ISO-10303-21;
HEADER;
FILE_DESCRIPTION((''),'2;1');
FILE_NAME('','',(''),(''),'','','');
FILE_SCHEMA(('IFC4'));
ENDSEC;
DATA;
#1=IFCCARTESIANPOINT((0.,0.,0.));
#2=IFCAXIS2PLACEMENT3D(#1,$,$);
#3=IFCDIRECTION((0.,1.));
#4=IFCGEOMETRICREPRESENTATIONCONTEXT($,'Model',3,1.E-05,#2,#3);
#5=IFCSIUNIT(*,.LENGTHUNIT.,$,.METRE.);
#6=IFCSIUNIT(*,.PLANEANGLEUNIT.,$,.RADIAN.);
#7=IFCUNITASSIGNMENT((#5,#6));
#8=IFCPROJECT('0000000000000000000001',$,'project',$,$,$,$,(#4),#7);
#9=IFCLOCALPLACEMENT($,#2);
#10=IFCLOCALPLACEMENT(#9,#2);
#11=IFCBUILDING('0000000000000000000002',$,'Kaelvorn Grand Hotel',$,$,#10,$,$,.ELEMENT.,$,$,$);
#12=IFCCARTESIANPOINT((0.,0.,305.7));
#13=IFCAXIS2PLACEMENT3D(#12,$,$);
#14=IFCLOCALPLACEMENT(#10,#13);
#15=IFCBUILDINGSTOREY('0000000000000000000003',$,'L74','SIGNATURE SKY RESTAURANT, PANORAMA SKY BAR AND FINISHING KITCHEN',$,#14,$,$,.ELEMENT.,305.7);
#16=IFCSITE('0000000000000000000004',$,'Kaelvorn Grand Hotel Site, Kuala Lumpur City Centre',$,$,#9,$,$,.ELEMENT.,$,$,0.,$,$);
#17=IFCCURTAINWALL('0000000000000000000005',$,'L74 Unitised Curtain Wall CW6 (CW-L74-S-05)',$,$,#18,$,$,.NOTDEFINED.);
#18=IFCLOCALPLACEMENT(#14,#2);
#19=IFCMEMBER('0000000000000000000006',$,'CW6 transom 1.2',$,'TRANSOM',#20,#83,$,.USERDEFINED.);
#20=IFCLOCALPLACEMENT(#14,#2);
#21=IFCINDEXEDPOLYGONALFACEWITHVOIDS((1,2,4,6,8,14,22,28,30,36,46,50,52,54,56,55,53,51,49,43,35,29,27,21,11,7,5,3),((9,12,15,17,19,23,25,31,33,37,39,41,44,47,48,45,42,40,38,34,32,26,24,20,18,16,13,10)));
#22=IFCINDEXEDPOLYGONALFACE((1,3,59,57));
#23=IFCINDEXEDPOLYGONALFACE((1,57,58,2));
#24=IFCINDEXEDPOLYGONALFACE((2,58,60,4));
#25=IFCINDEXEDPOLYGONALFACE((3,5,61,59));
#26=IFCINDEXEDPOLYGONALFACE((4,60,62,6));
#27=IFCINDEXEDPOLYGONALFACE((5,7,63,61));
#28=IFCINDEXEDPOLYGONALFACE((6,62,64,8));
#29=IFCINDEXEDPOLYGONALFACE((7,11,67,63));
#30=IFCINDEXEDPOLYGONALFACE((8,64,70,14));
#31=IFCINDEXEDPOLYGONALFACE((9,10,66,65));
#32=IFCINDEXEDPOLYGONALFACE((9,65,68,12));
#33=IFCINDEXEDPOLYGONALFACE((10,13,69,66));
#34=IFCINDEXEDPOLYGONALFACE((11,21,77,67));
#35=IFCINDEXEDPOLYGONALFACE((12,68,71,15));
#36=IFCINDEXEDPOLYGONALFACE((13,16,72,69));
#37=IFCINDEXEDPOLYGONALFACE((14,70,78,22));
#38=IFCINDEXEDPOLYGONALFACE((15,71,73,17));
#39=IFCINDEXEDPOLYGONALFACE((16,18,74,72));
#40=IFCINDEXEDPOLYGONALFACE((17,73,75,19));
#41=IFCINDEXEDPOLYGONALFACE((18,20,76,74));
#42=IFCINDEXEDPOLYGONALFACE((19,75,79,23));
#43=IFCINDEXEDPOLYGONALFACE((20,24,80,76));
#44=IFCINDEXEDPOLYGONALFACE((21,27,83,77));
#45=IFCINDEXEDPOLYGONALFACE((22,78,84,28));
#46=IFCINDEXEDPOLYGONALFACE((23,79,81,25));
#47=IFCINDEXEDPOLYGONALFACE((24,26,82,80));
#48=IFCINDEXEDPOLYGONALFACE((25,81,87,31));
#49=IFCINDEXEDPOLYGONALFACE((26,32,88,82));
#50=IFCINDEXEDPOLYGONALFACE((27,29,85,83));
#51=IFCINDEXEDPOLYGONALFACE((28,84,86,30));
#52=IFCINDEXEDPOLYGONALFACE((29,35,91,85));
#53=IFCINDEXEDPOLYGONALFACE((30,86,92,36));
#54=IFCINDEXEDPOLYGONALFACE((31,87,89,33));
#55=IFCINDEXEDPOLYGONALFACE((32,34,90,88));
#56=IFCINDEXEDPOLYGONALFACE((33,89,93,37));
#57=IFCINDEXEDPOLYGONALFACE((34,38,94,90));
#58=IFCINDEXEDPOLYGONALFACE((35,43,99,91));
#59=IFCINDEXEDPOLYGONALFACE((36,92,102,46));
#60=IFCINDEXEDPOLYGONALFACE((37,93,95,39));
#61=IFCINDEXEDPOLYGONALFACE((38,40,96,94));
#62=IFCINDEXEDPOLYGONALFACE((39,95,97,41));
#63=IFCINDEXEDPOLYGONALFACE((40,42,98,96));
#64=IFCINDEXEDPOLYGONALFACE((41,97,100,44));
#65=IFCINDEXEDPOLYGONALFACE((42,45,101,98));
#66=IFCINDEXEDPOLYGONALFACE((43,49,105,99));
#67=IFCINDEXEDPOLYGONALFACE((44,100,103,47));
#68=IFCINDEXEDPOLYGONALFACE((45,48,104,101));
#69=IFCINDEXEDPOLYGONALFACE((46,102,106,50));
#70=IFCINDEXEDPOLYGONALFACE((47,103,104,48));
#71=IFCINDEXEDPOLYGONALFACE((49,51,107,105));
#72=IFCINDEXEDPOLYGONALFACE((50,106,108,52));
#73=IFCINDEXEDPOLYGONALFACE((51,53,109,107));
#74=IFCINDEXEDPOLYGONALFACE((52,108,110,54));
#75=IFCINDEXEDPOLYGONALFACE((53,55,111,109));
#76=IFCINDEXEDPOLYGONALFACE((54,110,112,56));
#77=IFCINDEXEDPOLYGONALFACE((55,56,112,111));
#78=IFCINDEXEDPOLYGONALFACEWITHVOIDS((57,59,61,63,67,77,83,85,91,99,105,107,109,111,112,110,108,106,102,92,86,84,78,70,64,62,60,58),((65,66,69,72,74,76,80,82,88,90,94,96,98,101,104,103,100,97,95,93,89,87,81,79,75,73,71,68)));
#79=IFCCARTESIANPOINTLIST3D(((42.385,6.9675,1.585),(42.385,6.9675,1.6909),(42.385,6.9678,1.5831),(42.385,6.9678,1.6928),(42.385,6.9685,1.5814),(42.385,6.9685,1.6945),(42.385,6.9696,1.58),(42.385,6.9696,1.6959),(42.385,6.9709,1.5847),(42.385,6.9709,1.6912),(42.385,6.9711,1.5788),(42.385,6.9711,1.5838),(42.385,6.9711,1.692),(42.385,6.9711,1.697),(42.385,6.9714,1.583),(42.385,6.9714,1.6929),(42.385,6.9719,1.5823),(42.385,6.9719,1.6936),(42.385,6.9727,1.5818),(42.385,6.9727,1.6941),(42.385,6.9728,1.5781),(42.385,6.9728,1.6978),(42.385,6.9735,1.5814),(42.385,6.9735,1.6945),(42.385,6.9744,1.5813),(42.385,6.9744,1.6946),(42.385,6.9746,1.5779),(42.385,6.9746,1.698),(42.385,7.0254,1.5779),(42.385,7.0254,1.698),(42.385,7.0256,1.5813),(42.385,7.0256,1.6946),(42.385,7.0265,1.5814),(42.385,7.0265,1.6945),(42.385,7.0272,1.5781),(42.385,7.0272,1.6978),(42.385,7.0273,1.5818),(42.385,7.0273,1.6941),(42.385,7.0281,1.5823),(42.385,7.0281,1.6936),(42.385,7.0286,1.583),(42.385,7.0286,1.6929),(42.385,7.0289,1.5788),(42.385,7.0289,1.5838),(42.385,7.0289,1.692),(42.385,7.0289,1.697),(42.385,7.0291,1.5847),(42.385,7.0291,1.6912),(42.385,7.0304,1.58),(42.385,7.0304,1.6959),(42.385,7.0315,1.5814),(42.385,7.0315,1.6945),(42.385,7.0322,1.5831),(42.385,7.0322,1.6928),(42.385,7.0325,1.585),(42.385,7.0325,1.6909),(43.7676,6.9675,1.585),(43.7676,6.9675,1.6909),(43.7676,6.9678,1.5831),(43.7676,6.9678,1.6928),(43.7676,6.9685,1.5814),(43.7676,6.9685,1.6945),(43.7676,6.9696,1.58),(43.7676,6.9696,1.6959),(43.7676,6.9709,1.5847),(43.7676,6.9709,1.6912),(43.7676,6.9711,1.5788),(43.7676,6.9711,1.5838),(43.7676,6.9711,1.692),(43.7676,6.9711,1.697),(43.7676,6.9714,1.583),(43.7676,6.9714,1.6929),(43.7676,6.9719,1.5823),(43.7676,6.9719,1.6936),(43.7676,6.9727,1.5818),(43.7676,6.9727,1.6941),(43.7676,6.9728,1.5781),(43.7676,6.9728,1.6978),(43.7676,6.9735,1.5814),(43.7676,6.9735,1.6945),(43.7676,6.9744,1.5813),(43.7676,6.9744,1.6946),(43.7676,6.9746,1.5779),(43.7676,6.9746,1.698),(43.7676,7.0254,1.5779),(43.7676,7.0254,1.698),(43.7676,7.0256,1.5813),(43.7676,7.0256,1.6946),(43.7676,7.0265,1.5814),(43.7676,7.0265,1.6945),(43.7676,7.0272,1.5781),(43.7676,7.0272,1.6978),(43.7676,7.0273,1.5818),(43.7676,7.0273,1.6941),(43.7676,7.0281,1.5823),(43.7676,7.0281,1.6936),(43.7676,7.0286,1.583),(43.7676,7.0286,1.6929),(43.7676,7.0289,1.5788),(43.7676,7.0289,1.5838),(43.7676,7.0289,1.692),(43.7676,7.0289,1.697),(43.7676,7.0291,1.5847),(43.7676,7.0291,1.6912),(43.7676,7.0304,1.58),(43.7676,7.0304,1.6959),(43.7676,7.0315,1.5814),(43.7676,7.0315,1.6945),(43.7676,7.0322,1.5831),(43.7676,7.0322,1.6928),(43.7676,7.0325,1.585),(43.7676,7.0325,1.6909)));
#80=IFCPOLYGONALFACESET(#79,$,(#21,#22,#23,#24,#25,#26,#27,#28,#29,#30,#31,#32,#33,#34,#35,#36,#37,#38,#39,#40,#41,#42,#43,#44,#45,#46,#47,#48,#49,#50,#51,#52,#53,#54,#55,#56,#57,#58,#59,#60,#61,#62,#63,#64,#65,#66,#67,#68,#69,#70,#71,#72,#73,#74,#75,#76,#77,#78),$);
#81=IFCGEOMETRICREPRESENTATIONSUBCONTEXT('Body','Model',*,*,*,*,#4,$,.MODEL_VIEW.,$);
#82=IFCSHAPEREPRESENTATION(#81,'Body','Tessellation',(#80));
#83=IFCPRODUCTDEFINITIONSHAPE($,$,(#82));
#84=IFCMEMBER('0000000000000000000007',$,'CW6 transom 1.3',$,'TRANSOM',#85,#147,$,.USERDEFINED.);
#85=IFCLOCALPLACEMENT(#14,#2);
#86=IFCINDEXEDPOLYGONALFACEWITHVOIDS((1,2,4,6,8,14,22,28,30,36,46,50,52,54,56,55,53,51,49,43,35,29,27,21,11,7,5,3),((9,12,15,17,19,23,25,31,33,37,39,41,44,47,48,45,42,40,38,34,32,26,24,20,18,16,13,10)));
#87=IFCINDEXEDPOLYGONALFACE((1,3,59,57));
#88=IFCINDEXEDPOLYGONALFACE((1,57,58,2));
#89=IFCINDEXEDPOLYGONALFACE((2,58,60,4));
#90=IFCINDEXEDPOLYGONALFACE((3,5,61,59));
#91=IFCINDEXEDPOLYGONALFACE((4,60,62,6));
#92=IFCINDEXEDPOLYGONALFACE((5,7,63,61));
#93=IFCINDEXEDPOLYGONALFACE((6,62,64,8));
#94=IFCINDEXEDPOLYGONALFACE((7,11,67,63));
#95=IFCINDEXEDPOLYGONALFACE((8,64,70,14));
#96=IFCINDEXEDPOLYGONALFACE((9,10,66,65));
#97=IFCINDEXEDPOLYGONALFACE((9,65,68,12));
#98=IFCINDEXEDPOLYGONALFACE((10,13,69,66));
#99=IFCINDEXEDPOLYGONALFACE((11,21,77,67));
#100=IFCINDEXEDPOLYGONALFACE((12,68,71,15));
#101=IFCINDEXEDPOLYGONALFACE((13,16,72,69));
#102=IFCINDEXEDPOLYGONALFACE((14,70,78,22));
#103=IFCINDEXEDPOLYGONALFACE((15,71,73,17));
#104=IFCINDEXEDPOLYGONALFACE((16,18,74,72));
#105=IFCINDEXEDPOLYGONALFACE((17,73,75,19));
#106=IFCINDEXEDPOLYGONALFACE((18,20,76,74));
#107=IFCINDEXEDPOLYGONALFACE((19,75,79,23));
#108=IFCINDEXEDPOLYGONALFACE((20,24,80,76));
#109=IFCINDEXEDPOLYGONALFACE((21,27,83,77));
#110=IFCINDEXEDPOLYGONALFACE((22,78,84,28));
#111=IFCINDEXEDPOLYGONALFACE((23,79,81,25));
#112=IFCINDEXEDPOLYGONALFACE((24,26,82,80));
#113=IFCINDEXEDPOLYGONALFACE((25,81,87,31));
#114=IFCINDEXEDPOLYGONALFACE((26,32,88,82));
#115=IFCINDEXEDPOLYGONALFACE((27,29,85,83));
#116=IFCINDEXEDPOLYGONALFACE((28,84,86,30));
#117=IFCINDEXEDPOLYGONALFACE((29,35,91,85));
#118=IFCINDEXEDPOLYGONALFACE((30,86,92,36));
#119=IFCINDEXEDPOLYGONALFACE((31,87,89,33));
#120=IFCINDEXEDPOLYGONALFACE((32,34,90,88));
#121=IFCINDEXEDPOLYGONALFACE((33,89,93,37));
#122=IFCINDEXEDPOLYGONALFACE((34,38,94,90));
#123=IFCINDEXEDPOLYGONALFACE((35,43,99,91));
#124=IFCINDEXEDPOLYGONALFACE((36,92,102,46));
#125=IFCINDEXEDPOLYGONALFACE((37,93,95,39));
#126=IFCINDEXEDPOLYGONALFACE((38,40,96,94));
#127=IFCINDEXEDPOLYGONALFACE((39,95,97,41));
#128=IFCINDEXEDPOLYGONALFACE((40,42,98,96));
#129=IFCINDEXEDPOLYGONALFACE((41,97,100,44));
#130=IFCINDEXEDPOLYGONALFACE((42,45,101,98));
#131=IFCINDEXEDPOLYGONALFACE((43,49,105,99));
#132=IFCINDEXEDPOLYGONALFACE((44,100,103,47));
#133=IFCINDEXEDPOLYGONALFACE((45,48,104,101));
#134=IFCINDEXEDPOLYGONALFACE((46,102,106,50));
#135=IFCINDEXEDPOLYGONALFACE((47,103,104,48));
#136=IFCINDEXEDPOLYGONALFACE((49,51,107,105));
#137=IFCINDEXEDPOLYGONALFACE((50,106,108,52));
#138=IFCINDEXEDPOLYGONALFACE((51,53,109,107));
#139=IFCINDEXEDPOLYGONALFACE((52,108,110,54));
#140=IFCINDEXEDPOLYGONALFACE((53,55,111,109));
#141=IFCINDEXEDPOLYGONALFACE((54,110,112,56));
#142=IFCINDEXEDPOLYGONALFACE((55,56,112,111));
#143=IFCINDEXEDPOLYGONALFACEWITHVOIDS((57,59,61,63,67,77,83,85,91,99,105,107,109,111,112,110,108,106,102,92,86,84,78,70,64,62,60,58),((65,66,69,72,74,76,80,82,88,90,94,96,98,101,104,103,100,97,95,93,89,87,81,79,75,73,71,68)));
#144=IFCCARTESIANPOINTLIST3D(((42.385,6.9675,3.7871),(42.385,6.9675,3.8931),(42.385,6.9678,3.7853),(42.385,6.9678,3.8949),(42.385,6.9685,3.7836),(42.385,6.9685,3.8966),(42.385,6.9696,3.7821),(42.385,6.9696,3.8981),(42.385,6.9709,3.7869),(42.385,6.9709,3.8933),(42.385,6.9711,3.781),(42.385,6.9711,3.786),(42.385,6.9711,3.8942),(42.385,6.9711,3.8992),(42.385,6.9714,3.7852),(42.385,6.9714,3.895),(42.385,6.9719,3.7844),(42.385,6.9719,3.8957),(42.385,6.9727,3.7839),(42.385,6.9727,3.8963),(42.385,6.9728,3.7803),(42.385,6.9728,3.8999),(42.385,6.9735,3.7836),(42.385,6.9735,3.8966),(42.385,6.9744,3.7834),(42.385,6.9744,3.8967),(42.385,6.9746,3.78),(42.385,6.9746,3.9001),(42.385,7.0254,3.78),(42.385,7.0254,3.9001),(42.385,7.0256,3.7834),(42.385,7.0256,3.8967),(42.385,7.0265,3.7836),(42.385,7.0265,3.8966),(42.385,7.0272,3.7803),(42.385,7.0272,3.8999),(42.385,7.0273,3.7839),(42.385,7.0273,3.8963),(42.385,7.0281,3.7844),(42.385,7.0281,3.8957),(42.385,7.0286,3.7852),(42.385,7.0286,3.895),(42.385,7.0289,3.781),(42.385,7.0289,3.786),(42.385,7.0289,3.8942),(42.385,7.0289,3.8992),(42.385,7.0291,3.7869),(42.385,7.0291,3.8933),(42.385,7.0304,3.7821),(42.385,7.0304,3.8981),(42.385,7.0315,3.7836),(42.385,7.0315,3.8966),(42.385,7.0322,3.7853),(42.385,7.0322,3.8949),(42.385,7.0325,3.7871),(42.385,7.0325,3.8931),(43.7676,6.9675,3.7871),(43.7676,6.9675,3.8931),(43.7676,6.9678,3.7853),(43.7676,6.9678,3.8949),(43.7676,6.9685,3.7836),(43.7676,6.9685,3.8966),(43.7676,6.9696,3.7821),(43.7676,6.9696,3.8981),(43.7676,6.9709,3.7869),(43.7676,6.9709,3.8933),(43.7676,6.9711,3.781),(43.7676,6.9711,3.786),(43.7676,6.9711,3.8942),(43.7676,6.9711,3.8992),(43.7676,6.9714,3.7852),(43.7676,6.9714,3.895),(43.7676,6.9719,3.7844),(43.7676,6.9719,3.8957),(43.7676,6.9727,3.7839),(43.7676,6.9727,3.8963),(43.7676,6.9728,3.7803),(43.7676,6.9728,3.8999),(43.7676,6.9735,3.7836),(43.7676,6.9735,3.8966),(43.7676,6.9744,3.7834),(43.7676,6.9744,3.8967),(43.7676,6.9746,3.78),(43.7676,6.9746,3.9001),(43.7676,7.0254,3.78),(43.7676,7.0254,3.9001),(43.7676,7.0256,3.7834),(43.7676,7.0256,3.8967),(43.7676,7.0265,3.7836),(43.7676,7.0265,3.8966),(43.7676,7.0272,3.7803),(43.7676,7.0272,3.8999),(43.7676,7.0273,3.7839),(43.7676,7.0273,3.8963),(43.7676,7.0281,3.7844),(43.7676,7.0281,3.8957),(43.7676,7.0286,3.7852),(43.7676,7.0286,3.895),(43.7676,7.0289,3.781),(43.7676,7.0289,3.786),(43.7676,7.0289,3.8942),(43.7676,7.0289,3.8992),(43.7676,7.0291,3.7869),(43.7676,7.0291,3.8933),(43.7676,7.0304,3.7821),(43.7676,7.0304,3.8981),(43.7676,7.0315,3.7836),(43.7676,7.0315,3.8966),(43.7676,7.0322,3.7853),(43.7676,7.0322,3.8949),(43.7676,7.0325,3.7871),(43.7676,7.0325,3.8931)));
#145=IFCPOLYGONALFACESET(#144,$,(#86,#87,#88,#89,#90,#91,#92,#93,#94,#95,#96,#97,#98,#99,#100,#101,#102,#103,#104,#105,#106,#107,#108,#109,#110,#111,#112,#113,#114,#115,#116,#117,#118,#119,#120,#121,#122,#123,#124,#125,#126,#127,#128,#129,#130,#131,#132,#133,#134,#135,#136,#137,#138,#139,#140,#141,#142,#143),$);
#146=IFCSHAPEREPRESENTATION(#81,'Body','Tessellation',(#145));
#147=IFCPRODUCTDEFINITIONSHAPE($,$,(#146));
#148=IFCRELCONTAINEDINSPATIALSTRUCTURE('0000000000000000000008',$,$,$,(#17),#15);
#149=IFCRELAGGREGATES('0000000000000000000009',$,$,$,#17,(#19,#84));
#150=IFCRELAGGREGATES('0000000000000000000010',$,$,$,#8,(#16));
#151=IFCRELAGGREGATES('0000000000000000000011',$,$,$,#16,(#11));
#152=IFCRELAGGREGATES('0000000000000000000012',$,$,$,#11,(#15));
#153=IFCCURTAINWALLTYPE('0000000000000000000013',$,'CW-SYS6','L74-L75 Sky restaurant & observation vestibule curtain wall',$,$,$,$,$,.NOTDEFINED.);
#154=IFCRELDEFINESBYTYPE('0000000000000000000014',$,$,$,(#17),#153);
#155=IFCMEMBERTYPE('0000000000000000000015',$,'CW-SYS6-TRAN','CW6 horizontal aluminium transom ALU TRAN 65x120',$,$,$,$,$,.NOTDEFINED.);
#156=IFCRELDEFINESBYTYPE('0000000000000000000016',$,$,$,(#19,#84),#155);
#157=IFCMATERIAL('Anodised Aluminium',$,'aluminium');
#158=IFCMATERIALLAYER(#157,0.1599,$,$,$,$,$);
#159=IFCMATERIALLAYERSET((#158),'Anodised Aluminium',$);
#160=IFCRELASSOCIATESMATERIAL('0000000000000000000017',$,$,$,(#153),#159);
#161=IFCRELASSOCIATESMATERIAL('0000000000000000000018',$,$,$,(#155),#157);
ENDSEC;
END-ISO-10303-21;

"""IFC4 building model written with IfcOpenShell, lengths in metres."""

from ifc_helpers import new_model, si_unit, direction, frame, origin, origin_2d, place, context, subcontext, project, spatial, hollow_rectangle, extrude, material, layer, layer_set, material_profile, profile_set, type_object, element, aggregate, save


model = new_model("IFC4")

# Units and contexts
model_context = context("Model", 3, precision=1e-05, world=origin(), true_north=direction((0.0, 1.0)))
body_context = subcontext(model_context, "Body", "Model", "MODEL_VIEW")
ifc_project = project(units=[si_unit("LENGTHUNIT", "METRE"), si_unit("PLANEANGLEUNIT", "RADIAN")], contexts=[model_context])

# Site, building, storey
site_placement = place(None, origin())
site = spatial("IfcSite", under=ifc_project, at=site_placement, Name="Kaelvorn Grand Hotel Site, Kuala Lumpur City Centre", CompositionType="ELEMENT", RefElevation=0.0)
building_placement = place(site_placement, origin())
building = spatial("IfcBuilding", under=site, at=building_placement, Name="Kaelvorn Grand Hotel", CompositionType="ELEMENT")
storey_placement = place(building_placement, frame((0.0, 0.0, 305.7)))
storey = spatial("IfcBuildingStorey", under=building, at=storey_placement, Name="L74", Description="SIGNATURE SKY RESTAURANT, PANORAMA SKY BAR AND FINISHING KITCHEN", CompositionType="ELEMENT", Elevation=305.7)

# Curtain wall, members
ifc_material_1 = material(Name="Anodised Aluminium", Category="aluminium")
ifc_layer_1 = layer(ifc_material_1, 0.1599)
ifc_layer_set_1 = layer_set([ifc_layer_1], Name="Anodised Aluminium")
curtain_wall_type = type_object("IfcCurtainWallType", Name="CW-SYS6", Description="L74-L75 Sky restaurant & observation vestibule curtain wall", PredefinedType="NOTDEFINED", material=ifc_layer_set_1)
curtain_wall_placement = place(storey_placement, origin())
curtain_wall = element("IfcCurtainWall", 1, at=curtain_wall_placement, inside=storey, type_object=curtain_wall_type, Name="L74 Unitised Curtain Wall CW6 (CW-L74-S-05)", PredefinedType="NOTDEFINED")
ifc_material_profile_1 = material_profile(ifc_material_1, hollow_rectangle(XDim=0.0649, YDim=0.1201, WallThickness=0.0034, InnerFilletRadius=0.0034, OuterFilletRadius=0.0071, at=origin_2d()), Name="ALU TRAN 65x120")
ifc_profile_set_1 = profile_set([ifc_material_profile_1], Name="Anodised Aluminium")
member_type_1 = type_object("IfcMemberType", Name="CW-SYS6-TRAN", Description="CW6 horizontal aluminium transom ALU TRAN 65x120", PredefinedType="NOTDEFINED", material=ifc_profile_set_1)
member_1_placement = place(storey_placement, frame((42.385, 7.0, 1.6379), z_axis=(1.0, 0.0, 0.0), x_axis=(0.0, 1.0, 0.0)))
member_1 = element("IfcMember", 2, at=member_1_placement, type_object=member_type_1, Name="CW6 transom 1.2", ObjectType="TRANSOM", PredefinedType="USERDEFINED", context=body_context, shape_type="SweptSolid", body=[
    extrude(hollow_rectangle(XDim=0.0649, YDim=0.1201, WallThickness=0.0034, InnerFilletRadius=0.0034, OuterFilletRadius=0.0071, at=origin_2d()), origin(), (0.0, 0.0, 1.0), 1.3826),
])
member_2_placement = place(storey_placement, frame((42.385, 7.0, 3.8401), z_axis=(1.0, 0.0, 0.0), x_axis=(0.0, 1.0, 0.0)))
member_2 = element("IfcMember", 3, at=member_2_placement, type_object=member_type_1, Name="CW6 transom 1.3", ObjectType="TRANSOM", PredefinedType="USERDEFINED", context=body_context, shape_type="SweptSolid", body=[
    extrude(hollow_rectangle(XDim=0.0649, YDim=0.1201, WallThickness=0.0034, InnerFilletRadius=0.0034, OuterFilletRadius=0.0071, at=origin_2d()), origin(), (0.0, 0.0, 1.0), 1.3826),
])
aggregate(curtain_wall, [member_1, member_2])

save(model, "model.ifc")
